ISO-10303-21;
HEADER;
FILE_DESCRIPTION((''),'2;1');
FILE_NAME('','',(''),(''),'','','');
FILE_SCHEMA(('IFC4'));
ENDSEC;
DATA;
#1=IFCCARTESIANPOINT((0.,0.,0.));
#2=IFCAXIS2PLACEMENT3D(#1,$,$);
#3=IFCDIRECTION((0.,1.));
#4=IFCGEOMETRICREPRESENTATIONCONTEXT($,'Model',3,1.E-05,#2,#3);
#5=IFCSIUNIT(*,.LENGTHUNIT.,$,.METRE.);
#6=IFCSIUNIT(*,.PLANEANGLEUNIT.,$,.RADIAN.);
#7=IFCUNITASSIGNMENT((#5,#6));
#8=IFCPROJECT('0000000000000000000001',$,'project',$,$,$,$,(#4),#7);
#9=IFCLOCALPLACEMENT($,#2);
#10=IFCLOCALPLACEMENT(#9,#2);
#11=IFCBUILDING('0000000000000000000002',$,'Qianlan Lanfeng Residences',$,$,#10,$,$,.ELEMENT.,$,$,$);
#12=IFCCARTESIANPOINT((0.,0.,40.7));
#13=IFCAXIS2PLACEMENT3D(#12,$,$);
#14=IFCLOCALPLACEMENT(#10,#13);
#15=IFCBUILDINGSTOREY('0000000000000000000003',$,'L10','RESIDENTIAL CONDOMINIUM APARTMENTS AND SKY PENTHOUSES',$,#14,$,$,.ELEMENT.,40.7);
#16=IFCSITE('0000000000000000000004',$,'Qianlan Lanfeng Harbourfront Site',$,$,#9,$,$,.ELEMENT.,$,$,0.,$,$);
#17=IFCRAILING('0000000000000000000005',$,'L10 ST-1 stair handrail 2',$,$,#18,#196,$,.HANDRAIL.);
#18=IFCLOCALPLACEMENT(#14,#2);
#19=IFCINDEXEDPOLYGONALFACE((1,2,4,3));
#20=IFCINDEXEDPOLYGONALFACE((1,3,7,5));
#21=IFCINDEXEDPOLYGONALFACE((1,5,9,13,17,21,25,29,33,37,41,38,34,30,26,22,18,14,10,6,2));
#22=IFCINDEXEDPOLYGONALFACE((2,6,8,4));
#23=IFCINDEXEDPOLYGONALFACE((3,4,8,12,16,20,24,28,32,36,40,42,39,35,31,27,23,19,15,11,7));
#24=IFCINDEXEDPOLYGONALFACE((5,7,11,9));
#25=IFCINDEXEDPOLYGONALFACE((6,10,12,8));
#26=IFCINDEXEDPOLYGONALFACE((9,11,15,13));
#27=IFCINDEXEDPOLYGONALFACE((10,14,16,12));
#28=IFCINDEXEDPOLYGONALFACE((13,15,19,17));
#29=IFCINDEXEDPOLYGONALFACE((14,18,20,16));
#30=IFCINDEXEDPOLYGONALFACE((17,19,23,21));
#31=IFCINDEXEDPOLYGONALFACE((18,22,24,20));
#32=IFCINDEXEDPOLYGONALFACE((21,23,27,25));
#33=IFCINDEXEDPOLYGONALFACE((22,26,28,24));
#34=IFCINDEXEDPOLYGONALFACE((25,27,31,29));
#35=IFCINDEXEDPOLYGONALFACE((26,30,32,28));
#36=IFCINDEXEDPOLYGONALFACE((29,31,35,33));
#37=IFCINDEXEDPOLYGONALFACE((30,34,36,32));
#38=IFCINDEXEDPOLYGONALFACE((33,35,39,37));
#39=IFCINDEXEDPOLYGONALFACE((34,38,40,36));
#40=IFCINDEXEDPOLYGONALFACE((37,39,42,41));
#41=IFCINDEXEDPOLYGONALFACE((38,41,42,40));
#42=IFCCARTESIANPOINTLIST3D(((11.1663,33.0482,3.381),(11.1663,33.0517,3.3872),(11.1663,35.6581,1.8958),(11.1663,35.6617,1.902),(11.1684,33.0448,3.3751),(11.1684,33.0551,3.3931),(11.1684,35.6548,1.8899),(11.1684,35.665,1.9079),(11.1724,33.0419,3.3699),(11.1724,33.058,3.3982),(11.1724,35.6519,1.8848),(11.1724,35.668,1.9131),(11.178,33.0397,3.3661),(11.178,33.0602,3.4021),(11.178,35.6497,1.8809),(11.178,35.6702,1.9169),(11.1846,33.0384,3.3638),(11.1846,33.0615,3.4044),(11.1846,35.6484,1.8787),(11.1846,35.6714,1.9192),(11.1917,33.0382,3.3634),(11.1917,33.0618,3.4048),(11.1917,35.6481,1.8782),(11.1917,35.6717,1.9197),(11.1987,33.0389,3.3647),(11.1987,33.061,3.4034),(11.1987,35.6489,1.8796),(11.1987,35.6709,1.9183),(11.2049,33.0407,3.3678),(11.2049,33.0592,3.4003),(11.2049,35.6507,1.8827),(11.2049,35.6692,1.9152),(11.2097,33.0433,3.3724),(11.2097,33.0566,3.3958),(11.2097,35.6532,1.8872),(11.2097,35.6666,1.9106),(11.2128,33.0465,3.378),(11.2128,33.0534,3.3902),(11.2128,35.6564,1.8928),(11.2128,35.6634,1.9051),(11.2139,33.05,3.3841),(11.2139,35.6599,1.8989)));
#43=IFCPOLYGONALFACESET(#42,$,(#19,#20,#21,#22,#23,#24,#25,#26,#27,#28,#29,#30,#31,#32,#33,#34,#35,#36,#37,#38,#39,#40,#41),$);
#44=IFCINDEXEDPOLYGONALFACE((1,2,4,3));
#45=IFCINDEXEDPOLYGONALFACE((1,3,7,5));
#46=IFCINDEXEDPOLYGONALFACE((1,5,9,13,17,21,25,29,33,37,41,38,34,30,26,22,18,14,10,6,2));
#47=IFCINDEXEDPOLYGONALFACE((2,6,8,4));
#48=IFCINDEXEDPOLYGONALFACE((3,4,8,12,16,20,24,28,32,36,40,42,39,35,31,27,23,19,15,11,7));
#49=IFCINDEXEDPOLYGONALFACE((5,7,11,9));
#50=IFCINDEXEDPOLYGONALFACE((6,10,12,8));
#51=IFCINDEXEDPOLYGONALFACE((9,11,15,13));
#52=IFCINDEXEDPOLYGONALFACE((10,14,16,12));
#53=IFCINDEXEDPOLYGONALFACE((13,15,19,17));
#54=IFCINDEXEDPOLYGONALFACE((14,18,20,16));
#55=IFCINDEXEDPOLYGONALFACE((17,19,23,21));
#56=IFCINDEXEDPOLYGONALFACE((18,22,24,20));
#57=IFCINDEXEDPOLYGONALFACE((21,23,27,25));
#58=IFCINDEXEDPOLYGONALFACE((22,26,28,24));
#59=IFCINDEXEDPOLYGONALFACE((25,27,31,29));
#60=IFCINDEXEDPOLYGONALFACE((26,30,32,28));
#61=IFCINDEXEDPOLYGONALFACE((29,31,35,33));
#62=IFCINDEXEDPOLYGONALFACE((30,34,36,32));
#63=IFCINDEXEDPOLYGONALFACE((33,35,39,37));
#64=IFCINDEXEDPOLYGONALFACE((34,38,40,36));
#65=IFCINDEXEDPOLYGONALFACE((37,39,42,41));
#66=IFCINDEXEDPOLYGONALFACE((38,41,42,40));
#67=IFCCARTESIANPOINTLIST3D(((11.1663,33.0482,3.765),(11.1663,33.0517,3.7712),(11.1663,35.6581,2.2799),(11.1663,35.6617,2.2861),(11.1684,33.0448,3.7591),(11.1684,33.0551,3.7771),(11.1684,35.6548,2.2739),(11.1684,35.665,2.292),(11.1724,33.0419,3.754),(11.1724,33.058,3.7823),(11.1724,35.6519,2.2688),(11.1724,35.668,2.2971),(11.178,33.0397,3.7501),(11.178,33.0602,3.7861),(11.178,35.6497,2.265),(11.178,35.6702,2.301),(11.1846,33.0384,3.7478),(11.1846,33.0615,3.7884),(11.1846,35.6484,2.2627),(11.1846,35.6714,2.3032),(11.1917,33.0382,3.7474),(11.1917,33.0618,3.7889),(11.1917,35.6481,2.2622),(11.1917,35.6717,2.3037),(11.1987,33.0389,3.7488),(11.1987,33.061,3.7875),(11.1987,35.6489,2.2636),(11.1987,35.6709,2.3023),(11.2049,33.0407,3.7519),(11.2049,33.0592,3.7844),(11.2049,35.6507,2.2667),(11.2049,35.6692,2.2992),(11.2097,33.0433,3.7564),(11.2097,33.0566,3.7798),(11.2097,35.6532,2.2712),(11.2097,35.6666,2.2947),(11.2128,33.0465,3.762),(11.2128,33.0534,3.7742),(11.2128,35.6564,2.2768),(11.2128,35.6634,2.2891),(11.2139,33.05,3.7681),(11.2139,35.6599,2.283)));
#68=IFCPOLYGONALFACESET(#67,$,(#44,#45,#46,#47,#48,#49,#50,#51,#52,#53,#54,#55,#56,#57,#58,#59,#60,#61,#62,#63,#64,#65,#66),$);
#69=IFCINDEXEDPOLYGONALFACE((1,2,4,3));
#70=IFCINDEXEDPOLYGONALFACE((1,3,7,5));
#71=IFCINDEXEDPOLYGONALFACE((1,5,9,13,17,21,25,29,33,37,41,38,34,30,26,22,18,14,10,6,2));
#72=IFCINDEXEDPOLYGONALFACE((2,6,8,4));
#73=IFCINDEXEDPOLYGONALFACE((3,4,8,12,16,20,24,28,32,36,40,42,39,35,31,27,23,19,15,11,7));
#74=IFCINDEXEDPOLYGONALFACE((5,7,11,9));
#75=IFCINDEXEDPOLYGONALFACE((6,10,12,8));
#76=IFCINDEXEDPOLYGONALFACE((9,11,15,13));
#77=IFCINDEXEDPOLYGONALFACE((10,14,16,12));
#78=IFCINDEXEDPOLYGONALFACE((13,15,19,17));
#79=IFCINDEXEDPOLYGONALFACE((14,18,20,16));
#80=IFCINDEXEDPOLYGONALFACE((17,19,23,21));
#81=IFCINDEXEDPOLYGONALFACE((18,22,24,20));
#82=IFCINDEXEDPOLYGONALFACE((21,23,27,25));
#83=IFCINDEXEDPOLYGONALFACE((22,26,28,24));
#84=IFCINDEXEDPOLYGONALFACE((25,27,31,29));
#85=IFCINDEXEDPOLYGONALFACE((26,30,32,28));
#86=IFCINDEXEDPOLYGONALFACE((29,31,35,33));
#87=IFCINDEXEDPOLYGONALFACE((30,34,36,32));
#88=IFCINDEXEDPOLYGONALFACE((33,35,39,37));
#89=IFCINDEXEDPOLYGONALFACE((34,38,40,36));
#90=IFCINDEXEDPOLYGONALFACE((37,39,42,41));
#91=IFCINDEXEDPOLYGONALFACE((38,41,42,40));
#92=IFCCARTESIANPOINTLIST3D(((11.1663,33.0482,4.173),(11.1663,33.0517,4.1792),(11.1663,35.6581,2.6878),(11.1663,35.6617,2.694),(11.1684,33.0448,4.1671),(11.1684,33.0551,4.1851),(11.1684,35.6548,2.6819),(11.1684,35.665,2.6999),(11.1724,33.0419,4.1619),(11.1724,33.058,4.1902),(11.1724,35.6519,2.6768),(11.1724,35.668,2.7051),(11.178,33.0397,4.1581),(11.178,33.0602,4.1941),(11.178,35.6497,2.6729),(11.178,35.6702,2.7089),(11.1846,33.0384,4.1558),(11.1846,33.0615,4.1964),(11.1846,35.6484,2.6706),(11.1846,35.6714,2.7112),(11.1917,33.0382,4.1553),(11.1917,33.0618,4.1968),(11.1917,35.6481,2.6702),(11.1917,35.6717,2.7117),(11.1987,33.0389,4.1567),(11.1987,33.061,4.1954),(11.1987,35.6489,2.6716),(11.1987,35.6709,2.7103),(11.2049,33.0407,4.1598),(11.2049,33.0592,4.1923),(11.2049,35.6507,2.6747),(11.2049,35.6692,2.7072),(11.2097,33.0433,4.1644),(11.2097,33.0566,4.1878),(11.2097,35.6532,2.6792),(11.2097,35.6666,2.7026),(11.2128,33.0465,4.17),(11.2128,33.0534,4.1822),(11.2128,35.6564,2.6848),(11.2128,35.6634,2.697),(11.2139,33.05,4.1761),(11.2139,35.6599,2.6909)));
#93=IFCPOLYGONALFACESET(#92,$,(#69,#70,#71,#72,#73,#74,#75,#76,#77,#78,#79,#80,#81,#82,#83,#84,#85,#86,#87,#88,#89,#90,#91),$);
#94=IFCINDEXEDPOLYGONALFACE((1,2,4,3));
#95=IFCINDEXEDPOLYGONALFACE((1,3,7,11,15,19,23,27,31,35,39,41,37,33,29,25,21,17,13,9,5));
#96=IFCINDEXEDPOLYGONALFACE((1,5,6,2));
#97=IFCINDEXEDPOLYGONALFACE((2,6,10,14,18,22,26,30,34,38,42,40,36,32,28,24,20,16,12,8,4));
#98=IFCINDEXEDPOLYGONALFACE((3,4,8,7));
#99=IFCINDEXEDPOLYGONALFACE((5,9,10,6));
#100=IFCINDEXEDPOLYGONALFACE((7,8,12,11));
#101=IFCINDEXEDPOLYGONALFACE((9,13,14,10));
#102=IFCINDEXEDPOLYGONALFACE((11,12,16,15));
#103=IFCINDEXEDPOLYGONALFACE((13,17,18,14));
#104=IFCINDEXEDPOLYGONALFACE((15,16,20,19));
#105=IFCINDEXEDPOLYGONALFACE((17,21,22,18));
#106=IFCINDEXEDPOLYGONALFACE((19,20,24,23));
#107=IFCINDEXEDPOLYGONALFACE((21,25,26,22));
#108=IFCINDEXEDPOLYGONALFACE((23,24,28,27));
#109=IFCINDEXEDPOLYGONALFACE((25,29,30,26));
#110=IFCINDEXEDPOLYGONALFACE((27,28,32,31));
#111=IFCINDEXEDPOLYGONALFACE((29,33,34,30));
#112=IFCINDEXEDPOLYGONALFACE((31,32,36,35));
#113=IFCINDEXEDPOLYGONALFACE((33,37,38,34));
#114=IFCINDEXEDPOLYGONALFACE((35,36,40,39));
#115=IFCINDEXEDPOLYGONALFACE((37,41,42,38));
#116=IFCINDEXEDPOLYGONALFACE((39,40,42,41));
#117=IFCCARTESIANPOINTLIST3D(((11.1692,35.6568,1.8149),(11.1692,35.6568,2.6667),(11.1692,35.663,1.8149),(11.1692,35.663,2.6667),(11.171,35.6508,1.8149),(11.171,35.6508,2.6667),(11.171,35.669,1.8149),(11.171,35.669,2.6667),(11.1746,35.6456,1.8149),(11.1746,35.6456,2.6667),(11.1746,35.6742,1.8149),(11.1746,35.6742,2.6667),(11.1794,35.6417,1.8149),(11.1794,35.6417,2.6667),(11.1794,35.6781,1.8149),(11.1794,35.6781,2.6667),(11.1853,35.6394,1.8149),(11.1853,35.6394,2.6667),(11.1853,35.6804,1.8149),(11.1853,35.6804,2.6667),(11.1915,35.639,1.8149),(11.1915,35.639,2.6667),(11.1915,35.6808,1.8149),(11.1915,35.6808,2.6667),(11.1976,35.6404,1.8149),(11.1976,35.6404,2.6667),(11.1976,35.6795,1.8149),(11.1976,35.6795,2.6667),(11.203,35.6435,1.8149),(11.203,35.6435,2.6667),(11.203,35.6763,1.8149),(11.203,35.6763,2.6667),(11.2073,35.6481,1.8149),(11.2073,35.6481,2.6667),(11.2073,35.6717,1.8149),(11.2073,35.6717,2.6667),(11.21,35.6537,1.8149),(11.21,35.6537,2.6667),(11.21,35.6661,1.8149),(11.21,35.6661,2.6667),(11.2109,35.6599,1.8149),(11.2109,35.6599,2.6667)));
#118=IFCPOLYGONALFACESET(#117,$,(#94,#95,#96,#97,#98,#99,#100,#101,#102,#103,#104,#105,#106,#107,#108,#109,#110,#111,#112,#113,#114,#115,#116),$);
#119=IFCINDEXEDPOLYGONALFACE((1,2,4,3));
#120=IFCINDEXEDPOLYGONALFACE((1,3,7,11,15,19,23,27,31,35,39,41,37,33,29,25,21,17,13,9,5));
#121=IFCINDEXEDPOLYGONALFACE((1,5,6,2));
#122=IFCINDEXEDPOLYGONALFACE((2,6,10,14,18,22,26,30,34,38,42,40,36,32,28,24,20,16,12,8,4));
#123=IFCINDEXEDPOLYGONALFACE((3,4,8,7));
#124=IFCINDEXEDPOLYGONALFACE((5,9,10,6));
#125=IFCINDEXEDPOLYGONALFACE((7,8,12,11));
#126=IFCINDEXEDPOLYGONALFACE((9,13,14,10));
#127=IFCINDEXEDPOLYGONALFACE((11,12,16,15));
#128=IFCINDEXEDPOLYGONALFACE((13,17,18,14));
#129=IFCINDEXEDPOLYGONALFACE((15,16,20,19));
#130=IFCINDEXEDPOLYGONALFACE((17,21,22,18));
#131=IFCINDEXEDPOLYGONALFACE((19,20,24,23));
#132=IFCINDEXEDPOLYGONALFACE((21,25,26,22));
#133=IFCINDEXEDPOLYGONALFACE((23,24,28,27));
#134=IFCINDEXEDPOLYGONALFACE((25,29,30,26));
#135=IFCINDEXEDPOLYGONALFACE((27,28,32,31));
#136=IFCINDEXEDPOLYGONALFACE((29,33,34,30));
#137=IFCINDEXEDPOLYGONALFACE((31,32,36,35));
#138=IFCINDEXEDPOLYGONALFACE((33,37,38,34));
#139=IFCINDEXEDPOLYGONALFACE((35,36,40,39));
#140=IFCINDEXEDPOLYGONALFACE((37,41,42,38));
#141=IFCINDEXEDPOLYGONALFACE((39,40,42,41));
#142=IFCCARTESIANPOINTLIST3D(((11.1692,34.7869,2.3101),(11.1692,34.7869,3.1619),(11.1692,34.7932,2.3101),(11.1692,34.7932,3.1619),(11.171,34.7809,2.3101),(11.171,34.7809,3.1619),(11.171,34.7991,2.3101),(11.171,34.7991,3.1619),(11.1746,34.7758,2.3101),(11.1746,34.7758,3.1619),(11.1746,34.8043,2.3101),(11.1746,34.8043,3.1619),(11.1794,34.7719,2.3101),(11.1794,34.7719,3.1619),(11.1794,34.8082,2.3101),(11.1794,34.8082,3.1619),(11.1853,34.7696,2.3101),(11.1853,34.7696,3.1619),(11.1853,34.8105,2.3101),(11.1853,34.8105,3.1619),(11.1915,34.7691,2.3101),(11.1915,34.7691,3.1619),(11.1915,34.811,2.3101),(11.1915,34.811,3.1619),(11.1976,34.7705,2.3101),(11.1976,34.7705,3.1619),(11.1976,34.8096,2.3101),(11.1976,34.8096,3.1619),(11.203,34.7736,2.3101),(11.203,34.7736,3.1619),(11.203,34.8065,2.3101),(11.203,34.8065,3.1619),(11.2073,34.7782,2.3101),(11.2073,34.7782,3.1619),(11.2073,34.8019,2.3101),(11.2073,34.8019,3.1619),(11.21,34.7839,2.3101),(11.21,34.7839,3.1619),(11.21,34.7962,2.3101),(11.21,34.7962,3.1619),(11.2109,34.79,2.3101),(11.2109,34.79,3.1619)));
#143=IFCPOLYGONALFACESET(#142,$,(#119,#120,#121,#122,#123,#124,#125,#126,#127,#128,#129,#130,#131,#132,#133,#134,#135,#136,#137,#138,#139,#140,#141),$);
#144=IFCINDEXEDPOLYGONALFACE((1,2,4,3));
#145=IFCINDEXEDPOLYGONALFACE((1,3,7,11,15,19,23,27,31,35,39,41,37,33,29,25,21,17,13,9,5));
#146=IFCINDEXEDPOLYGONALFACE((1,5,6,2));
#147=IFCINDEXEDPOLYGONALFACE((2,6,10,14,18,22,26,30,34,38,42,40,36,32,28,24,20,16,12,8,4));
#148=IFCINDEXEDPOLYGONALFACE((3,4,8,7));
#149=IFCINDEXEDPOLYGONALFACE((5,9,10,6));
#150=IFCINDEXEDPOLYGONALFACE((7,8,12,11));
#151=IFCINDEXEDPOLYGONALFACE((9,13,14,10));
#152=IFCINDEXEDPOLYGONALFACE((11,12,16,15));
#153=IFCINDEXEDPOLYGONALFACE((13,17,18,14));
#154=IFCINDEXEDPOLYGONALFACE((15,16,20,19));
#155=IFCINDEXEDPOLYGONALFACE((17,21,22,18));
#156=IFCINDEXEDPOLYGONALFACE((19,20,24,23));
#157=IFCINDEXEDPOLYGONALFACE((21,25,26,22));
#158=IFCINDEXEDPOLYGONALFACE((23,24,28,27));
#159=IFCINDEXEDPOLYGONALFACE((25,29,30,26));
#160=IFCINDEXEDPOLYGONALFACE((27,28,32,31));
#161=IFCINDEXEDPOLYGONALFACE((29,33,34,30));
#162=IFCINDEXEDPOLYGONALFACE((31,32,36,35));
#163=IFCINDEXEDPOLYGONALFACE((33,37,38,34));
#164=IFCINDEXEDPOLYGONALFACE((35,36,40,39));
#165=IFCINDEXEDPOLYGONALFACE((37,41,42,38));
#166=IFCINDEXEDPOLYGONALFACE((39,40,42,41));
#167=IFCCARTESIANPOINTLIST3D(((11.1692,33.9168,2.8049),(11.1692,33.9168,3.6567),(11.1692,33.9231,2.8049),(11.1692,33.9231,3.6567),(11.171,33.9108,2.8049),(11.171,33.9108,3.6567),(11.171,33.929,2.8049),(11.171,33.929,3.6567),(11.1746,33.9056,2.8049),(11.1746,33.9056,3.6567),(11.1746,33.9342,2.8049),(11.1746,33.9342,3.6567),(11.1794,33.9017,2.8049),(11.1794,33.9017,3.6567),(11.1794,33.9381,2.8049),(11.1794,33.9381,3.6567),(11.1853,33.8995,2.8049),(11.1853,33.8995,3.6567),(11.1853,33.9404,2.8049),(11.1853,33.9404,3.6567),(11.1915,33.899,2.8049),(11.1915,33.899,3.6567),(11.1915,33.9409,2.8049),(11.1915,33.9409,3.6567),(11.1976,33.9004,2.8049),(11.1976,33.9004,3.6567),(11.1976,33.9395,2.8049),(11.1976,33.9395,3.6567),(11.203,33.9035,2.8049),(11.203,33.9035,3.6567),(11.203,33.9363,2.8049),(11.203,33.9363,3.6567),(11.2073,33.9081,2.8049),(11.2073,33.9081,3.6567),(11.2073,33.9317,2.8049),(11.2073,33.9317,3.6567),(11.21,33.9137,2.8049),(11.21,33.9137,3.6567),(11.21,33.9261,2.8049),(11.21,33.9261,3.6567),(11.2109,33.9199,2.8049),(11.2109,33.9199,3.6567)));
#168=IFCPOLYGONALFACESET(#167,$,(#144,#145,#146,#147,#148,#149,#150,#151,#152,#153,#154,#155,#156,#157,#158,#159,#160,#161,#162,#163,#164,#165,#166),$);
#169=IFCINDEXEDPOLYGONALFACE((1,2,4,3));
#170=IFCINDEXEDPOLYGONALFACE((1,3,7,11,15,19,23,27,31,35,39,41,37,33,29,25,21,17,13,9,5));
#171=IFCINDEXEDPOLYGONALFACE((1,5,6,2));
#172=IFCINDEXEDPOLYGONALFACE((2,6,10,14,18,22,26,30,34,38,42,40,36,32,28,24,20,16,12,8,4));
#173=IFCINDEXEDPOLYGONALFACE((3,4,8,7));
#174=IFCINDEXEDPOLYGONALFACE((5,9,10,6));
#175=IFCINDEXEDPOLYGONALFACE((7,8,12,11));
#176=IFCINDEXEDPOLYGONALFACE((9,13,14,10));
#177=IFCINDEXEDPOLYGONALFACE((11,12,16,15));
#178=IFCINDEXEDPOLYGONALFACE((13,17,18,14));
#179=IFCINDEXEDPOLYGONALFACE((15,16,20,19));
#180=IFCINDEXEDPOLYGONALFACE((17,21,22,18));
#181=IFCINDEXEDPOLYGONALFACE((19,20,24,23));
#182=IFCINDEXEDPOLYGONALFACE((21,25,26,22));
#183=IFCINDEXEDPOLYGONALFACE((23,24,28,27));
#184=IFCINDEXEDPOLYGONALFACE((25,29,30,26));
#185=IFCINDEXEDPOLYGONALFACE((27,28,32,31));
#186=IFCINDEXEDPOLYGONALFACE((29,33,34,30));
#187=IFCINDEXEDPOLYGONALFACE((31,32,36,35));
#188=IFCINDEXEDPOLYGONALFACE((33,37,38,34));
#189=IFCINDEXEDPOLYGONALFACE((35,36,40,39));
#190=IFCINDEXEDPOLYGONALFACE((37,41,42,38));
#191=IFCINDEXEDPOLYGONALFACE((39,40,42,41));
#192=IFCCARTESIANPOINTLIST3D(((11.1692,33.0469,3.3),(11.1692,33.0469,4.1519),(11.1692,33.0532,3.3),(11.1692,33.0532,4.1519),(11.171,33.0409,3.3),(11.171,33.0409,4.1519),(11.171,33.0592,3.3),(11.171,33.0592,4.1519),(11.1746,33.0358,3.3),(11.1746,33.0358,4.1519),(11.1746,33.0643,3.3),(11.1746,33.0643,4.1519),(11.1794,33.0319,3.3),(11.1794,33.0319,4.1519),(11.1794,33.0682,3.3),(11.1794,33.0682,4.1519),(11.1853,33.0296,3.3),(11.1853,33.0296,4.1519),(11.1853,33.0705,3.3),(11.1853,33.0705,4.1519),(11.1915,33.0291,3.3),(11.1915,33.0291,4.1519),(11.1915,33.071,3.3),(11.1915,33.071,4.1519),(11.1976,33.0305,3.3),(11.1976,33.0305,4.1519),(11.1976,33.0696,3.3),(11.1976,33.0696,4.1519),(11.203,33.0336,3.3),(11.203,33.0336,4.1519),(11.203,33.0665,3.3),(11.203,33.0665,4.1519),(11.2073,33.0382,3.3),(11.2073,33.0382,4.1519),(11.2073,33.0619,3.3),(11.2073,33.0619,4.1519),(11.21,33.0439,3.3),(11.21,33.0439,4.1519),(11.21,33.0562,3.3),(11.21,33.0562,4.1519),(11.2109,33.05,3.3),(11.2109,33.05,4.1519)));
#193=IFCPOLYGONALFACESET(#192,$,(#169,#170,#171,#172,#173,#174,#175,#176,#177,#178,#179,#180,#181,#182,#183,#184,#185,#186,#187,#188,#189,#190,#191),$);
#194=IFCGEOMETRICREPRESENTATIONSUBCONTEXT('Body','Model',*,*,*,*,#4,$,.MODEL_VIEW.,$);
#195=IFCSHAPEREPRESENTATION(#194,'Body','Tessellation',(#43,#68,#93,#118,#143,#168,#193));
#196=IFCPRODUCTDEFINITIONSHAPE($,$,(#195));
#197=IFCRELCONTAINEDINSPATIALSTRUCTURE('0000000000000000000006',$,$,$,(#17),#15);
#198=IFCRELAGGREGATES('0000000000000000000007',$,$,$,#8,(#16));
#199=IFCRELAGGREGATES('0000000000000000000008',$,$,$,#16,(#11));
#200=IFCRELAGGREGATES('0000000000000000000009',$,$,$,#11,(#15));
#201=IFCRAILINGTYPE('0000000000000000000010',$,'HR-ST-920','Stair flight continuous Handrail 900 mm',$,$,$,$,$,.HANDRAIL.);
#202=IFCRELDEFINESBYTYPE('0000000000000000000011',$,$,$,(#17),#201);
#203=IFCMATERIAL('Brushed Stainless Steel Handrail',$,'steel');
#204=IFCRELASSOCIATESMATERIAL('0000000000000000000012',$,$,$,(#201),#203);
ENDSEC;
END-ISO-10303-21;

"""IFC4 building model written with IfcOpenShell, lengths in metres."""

from ifc_helpers import new_model, si_unit, direction, frame, origin, origin_2d, place, context, subcontext, project, spatial, circle, extrude, material, type_object, element, save


model = new_model("IFC4")

# Units and contexts
model_context = context("Model", 3, precision=1e-05, world=origin(), true_north=direction((0.0, 1.0)))
body_context = subcontext(model_context, "Body", "Model", "MODEL_VIEW")
ifc_project = project(units=[si_unit("LENGTHUNIT", "METRE"), si_unit("PLANEANGLEUNIT", "RADIAN")], contexts=[model_context])

# Site, building, storey
site_placement = place(None, origin())
site = spatial("IfcSite", under=ifc_project, at=site_placement, Name="Qianlan Lanfeng Harbourfront Site", CompositionType="ELEMENT", RefElevation=0.0)
building_placement = place(site_placement, origin())
building = spatial("IfcBuilding", under=site, at=building_placement, Name="Qianlan Lanfeng Residences", CompositionType="ELEMENT")
storey_placement = place(building_placement, frame((0.0, 0.0, 40.7)))
storey = spatial("IfcBuildingStorey", under=building, at=storey_placement, Name="L10", Description="RESIDENTIAL CONDOMINIUM APARTMENTS AND SKY PENTHOUSES", CompositionType="ELEMENT", Elevation=40.7)

# Railing
ifc_material_1 = material(Name="Brushed Stainless Steel Handrail", Category="steel")
railing_type_1 = type_object("IfcRailingType", Name="HR-ST-920", Description="Stair flight continuous Handrail 900 mm", PredefinedType="HANDRAIL", material=ifc_material_1)
railing_1_placement = place(storey_placement, frame((11.1899, 35.6599, 1.8149)))
element("IfcRailing", 1, at=railing_1_placement, inside=storey, type_object=railing_type_1, Name="L10 ST-1 stair handrail 2", PredefinedType="HANDRAIL", context=body_context, shape_type="SweptSolid", body=[
    extrude(circle(Radius=0.0239, at=origin_2d()), frame((0.0, 0.0, 0.084), z_axis=(0.0, -0.869137, 0.494571), x_axis=(1.0, 0.0, 0.0)), (0.0, 0.0, 1.0), 3.0029),
    extrude(circle(Radius=0.0239, at=origin_2d()), frame((0.0, 0.0, 0.468), z_axis=(0.0, -0.869137, 0.494571), x_axis=(1.0, 0.0, 0.0)), (0.0, 0.0, 1.0), 3.0029),
    extrude(circle(Radius=0.0239, at=origin_2d()), frame((0.0, 0.0, 0.876), z_axis=(0.0, -0.869137, 0.494571), x_axis=(1.0, 0.0, 0.0)), (0.0, 0.0, 1.0), 3.0029),
    extrude(circle(Radius=0.021, at=origin_2d()), origin(), (0.0, 0.0, 1.0), 0.8518),
    extrude(circle(Radius=0.021, at=origin_2d()), frame((0.0, -0.8699, 0.4951)), (0.0, 0.0, 1.0), 0.8518),
    extrude(circle(Radius=0.021, at=origin_2d()), frame((0.0, -1.74, 0.99)), (0.0, 0.0, 1.0), 0.8518),
    extrude(circle(Radius=0.021, at=origin_2d()), frame((0.0, -2.6099, 1.4851)), (0.0, 0.0, 1.0), 0.8518),
])

save(model, "model.ifc")
